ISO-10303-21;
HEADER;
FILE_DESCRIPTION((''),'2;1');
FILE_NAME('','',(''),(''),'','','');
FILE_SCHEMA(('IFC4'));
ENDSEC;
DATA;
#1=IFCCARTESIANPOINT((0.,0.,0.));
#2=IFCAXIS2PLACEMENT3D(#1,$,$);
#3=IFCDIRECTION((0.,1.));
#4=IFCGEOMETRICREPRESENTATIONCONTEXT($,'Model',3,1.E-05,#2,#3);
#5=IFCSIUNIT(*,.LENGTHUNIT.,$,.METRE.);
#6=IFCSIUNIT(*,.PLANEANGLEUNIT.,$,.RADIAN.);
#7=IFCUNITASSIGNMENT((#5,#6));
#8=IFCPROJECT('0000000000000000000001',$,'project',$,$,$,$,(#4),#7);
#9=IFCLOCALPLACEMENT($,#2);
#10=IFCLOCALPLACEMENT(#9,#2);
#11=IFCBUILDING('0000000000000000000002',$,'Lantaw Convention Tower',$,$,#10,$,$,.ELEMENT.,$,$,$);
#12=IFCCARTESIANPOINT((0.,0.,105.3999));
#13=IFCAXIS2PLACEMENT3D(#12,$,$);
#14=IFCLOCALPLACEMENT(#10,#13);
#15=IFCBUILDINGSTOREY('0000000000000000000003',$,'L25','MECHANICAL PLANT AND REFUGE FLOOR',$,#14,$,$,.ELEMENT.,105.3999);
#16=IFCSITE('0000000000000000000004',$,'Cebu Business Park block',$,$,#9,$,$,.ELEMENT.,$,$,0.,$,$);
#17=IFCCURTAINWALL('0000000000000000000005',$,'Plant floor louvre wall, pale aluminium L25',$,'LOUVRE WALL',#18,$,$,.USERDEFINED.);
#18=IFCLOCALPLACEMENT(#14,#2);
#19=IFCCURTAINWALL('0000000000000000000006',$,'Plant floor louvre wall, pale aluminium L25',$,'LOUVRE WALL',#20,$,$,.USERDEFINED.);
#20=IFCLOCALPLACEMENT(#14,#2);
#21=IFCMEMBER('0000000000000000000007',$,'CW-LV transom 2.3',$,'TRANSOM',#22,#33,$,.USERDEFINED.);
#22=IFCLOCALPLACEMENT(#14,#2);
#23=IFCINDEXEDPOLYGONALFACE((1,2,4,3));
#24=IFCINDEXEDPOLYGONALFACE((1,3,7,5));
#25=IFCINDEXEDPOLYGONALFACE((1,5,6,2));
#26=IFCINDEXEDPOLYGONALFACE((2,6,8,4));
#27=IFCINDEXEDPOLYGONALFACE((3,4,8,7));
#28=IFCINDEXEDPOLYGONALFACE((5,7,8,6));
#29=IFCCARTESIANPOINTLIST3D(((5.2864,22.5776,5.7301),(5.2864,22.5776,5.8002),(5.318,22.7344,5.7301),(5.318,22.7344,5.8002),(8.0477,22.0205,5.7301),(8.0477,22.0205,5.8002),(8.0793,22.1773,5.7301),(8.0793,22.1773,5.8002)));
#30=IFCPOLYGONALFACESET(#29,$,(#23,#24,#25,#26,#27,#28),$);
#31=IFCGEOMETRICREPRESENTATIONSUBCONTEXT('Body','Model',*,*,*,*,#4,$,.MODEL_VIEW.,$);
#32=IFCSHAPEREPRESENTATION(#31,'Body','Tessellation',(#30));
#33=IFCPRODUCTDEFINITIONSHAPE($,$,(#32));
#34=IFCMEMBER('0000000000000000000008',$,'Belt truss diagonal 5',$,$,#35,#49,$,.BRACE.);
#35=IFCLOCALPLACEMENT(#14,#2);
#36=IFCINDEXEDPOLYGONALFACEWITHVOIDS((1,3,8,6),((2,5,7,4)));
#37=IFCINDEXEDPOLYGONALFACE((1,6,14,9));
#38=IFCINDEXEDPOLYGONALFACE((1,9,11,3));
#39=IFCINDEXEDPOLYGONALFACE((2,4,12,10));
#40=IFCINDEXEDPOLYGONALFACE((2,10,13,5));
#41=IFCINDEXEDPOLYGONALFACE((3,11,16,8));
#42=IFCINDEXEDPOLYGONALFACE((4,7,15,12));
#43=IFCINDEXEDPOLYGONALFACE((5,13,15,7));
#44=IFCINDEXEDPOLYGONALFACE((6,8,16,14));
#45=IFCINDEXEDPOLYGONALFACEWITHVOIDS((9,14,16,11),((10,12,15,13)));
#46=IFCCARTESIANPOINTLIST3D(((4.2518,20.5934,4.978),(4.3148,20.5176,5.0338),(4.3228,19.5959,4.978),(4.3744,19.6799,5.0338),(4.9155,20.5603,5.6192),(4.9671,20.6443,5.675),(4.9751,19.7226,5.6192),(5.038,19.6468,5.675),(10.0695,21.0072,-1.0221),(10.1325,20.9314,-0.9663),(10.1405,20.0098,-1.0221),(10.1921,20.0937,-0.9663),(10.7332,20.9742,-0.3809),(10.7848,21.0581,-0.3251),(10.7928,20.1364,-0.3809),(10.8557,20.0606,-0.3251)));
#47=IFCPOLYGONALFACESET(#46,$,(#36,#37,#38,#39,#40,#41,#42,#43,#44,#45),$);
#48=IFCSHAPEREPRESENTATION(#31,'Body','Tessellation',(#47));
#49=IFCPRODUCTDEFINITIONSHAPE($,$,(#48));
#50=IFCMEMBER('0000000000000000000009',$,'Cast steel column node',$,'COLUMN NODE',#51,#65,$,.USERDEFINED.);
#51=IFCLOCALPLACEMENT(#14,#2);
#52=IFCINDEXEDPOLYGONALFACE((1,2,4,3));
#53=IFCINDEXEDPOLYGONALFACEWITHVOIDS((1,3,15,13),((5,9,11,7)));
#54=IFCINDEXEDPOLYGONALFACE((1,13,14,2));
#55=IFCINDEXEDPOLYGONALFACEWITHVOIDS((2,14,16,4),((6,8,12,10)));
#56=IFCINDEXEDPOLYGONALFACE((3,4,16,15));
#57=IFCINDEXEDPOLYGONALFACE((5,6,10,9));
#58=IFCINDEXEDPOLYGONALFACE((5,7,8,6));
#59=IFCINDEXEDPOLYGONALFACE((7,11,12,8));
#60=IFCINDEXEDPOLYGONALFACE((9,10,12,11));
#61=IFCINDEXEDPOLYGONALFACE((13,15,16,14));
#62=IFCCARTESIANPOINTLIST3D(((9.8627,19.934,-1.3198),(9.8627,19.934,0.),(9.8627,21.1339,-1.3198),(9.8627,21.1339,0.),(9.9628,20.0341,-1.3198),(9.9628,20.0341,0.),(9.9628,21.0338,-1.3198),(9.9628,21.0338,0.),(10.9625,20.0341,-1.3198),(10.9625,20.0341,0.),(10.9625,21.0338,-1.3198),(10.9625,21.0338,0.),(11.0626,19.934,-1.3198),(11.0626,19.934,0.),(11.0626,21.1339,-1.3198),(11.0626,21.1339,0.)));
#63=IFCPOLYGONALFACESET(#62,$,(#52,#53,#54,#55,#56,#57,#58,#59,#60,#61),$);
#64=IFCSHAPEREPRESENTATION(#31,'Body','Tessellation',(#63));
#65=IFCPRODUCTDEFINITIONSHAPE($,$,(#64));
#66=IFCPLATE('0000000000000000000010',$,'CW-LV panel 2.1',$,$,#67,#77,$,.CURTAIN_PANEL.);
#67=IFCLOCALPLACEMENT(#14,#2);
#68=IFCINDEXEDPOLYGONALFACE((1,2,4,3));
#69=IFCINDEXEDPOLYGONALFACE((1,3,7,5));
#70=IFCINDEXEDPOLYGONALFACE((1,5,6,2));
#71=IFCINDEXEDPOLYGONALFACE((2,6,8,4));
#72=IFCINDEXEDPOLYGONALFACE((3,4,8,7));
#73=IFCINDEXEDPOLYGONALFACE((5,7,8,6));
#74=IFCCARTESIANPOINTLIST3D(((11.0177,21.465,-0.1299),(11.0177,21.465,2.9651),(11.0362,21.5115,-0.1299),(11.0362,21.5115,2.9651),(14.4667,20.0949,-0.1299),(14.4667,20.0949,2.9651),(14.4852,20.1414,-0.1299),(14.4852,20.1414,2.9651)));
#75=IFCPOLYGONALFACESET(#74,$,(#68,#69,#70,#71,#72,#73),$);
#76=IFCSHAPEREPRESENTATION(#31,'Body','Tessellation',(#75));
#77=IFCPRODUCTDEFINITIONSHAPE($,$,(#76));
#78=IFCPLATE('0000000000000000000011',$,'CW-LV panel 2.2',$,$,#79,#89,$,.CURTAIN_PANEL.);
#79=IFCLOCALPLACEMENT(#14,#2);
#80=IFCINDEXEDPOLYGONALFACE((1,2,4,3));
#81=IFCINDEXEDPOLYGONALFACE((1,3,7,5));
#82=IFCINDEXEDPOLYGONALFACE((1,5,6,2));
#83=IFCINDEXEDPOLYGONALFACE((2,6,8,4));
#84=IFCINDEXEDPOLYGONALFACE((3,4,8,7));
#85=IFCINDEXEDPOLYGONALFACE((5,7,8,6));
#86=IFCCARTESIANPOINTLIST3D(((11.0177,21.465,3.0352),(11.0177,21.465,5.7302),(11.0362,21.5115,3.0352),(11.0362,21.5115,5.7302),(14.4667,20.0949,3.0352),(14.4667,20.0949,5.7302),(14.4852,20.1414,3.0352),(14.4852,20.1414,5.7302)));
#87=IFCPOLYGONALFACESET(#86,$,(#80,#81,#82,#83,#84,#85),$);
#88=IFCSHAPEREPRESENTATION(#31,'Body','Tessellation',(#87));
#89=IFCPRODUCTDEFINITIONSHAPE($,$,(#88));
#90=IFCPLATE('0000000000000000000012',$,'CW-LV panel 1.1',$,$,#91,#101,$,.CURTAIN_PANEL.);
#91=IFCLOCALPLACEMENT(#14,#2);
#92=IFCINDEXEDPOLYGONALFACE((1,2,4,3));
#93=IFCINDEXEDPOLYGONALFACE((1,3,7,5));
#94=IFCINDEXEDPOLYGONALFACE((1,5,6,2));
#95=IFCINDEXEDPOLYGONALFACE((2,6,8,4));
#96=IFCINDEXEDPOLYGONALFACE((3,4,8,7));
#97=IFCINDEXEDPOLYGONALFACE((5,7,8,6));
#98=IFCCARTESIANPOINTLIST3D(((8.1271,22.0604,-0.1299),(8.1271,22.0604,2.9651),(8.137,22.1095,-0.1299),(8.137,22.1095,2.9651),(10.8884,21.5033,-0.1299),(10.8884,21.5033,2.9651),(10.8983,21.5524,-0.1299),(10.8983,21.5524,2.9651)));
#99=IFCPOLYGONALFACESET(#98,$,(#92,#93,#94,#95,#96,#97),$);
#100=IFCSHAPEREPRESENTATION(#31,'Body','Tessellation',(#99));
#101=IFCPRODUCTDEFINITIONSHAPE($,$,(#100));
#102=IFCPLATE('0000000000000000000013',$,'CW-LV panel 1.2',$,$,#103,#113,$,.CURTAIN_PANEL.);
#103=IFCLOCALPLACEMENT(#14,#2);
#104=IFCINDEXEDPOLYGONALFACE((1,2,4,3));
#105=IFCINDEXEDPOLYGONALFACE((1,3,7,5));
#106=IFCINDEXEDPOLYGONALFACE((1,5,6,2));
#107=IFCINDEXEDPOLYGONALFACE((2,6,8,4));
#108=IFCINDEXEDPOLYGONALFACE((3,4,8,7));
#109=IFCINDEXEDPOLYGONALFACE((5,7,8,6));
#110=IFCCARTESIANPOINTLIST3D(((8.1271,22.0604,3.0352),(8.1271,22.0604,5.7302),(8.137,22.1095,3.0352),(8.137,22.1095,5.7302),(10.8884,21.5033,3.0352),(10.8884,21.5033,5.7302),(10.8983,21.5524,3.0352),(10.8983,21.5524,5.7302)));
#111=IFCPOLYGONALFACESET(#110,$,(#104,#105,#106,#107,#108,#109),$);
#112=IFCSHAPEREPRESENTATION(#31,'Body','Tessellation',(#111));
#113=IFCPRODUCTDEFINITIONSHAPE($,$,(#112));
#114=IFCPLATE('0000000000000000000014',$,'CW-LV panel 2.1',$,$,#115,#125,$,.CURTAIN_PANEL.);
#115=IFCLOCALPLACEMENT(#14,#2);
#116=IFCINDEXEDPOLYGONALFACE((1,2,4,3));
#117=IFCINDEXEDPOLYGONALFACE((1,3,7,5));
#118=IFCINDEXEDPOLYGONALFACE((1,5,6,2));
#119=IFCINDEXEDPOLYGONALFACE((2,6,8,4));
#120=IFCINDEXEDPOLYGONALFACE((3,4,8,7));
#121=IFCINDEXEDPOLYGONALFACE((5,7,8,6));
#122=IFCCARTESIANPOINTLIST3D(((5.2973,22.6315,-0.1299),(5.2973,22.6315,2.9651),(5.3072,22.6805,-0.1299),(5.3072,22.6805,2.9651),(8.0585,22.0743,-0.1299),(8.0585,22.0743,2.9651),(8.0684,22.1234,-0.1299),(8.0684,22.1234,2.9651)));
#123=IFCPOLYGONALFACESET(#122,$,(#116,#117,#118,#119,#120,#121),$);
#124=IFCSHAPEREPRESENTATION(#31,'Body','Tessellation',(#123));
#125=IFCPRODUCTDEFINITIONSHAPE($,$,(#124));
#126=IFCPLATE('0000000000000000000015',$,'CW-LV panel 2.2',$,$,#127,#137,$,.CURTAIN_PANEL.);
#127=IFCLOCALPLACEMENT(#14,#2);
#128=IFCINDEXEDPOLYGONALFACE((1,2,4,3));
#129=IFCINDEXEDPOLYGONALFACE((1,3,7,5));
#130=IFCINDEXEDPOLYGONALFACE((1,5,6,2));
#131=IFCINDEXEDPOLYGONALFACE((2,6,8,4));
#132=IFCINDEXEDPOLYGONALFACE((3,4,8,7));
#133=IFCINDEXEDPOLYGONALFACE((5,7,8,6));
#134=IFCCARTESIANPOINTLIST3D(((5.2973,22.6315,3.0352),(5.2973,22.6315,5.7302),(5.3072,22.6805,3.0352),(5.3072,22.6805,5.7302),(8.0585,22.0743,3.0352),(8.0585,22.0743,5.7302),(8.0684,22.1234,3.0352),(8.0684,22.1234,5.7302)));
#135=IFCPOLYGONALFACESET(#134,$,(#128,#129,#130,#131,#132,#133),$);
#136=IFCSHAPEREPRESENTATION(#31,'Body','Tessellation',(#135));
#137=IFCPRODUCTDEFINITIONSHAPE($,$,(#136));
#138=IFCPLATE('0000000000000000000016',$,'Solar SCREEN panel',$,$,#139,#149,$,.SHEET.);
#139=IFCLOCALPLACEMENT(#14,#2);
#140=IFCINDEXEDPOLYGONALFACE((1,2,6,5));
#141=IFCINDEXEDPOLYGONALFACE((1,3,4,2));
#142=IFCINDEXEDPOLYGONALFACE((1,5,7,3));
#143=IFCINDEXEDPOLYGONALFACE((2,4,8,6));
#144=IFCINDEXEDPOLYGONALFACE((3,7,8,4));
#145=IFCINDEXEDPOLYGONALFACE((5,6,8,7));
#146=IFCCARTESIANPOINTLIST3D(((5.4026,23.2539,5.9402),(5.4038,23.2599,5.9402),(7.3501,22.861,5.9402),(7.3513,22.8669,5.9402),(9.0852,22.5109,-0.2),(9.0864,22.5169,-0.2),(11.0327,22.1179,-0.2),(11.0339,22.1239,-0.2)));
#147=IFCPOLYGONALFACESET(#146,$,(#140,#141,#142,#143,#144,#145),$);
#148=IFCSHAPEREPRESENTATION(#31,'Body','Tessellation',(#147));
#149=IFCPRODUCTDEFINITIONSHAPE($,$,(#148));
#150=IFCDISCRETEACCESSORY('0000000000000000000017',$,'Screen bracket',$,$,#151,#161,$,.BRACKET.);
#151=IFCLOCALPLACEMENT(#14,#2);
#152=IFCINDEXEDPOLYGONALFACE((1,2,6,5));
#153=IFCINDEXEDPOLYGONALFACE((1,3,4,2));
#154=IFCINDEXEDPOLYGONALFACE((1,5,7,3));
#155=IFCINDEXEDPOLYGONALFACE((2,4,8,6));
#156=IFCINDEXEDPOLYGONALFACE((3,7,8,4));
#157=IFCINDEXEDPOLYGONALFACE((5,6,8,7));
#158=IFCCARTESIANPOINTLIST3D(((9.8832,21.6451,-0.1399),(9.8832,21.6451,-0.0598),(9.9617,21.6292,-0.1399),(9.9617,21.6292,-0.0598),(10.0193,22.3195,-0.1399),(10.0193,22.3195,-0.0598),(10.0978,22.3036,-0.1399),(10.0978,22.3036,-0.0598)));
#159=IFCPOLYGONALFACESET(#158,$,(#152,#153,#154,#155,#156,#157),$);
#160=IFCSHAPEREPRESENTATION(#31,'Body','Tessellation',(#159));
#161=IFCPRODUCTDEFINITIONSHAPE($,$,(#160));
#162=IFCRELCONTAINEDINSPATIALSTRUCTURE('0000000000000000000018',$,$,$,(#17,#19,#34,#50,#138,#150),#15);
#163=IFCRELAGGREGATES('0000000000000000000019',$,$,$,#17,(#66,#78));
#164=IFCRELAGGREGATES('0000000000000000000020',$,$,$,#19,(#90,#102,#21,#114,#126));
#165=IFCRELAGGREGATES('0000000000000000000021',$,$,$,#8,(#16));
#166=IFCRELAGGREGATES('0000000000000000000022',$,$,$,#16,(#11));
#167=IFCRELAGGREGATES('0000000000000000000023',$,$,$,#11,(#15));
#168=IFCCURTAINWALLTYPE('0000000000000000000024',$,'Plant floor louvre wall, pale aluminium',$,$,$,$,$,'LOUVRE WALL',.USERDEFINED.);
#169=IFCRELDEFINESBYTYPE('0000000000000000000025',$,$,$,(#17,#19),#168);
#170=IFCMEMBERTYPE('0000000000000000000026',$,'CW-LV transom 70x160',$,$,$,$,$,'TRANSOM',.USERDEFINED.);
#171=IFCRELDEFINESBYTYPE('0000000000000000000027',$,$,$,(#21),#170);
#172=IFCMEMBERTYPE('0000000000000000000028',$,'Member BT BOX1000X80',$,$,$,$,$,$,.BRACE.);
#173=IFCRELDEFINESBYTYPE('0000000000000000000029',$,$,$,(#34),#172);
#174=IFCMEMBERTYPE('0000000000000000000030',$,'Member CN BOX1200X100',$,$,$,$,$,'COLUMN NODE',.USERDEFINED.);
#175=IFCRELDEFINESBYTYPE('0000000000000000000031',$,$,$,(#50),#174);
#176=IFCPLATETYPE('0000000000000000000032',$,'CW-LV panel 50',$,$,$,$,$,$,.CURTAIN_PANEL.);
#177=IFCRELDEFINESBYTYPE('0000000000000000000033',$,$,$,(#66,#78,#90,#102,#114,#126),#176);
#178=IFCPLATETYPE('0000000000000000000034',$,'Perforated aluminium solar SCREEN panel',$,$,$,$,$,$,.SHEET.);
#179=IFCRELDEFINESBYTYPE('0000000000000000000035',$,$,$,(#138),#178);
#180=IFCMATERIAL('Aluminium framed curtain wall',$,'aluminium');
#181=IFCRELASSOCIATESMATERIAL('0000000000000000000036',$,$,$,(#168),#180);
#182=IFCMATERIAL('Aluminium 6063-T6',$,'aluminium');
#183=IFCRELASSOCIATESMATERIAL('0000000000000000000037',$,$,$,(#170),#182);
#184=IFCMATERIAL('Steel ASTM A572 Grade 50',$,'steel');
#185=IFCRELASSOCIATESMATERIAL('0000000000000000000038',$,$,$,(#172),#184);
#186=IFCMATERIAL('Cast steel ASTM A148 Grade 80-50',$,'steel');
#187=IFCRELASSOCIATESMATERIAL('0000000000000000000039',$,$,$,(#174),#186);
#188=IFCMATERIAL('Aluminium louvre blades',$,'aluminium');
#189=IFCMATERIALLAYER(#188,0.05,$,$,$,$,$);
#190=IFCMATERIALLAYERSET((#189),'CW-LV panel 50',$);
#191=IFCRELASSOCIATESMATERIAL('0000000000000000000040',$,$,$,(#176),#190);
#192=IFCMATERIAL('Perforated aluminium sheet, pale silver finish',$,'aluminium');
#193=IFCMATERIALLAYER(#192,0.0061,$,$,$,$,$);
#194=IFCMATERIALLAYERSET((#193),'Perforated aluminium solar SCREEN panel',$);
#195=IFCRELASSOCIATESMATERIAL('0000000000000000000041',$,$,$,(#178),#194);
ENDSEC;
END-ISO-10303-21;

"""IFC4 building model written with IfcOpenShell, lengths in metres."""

from ifc_helpers import new_model, si_unit, direction, frame, origin, origin_2d, place, context, subcontext, project, spatial, polyline, rectangle, hollow_rectangle, outline, extrude, material, layer, layer_set, material_profile, profile_set, type_object, element, aggregate, save


model = new_model("IFC4")

# Units and contexts
model_context = context("Model", 3, precision=1e-05, world=origin(), true_north=direction((0.0, 1.0)))
body_context = subcontext(model_context, "Body", "Model", "MODEL_VIEW")
ifc_project = project(units=[si_unit("LENGTHUNIT", "METRE"), si_unit("PLANEANGLEUNIT", "RADIAN")], contexts=[model_context])

# Site, building, storey
site_placement = place(None, origin())
site = spatial("IfcSite", under=ifc_project, at=site_placement, Name="Cebu Business Park block", CompositionType="ELEMENT", RefElevation=0.0)
building_placement = place(site_placement, origin())
building = spatial("IfcBuilding", under=site, at=building_placement, Name="Lantaw Convention Tower", CompositionType="ELEMENT")
storey_placement = place(building_placement, frame((0.0, 0.0, 105.3999)))
storey = spatial("IfcBuildingStorey", under=building, at=storey_placement, Name="L25", Description="MECHANICAL PLANT AND REFUGE FLOOR", CompositionType="ELEMENT", Elevation=105.3999)

# Curtain wall
ifc_material_1 = material(Name="Aluminium framed curtain wall", Category="aluminium")
curtain_wall_type = type_object("IfcCurtainWallType", Name="Plant floor louvre wall, pale aluminium", ElementType="LOUVRE WALL", PredefinedType="USERDEFINED", material=ifc_material_1)
curtain_wall_1_placement = place(storey_placement, origin())
curtain_wall_1 = element("IfcCurtainWall", 1, at=curtain_wall_1_placement, inside=storey, type_object=curtain_wall_type, Name="Plant floor louvre wall, pale aluminium L25", ObjectType="LOUVRE WALL", PredefinedType="USERDEFINED")
ifc_material_2 = material(Name="Aluminium 6063-T6", Category="aluminium")

# Curtain wall, member
curtain_wall_2_placement = place(storey_placement, origin())
curtain_wall_2 = element("IfcCurtainWall", 2, at=curtain_wall_2_placement, inside=storey, type_object=curtain_wall_type, Name="Plant floor louvre wall, pale aluminium L25", ObjectType="LOUVRE WALL", PredefinedType="USERDEFINED")
ifc_material_profile_1 = material_profile(ifc_material_2, rectangle(XDim=0.1599, YDim=0.0701, at=origin_2d()), Name="CW-LV transom 70x160")
ifc_profile_set_1 = profile_set([ifc_material_profile_1], Name="Aluminium 6063-T6")
member_type_1 = type_object("IfcMemberType", Name="CW-LV transom 70x160", ElementType="TRANSOM", PredefinedType="USERDEFINED", material=ifc_profile_set_1)
member_1_placement = place(storey_placement, frame((8.0635, 22.0989, 5.7651), z_axis=(-0.980246, 0.197783, 0.0), x_axis=(-0.197783, -0.980246, 0.0)))
member_1 = element("IfcMember", 3, at=member_1_placement, type_object=member_type_1, Name="CW-LV transom 2.3", ObjectType="TRANSOM", PredefinedType="USERDEFINED", context=body_context, shape_type="SweptSolid", body=[
    extrude(rectangle(XDim=0.1599, YDim=0.0701, at=origin_2d()), origin(), (0.0, 0.0, 1.0), 2.8169),
])

# Members
ifc_material_3 = material(Name="Steel ASTM A572 Grade 50", Category="steel")
ifc_material_profile_2 = material_profile(ifc_material_3, hollow_rectangle(XDim=1.0, YDim=1.0, WallThickness=0.0801, at=origin_2d()), Name="BOX1000X80")
ifc_profile_set_2 = profile_set([ifc_material_profile_2], Name="Steel ASTM A572 Grade 50")
member_type_2 = type_object("IfcMemberType", Name="Member BT BOX1000X80", PredefinedType="BRACE", material=ifc_profile_set_2)
member_2_placement = place(storey_placement, frame((10.4626, 20.5339, -0.6736), z_axis=(-0.69526, -0.049455, 0.717055), x_axis=(0.070953, -0.99748, 0.0)))
element("IfcMember", 4, at=member_2_placement, inside=storey, type_object=member_type_2, Name="Belt truss diagonal 5", PredefinedType="BRACE", context=body_context, shape_type="SweptSolid", body=[
    extrude(hollow_rectangle(XDim=1.0, YDim=1.0, WallThickness=0.0801, at=origin_2d()), origin(), (0.0, 0.0, 1.0), 8.3677),
])
ifc_material_4 = material(Name="Cast steel ASTM A148 Grade 80-50", Category="steel")
ifc_material_profile_3 = material_profile(ifc_material_4, hollow_rectangle(XDim=1.2, YDim=1.2, WallThickness=0.1001, at=origin_2d()), Name="BOX1200X100")
ifc_profile_set_3 = profile_set([ifc_material_profile_3], Name="Cast steel ASTM A148 Grade 80-50")
member_type_3 = type_object("IfcMemberType", Name="Member CN BOX1200X100", ElementType="COLUMN NODE", PredefinedType="USERDEFINED", material=ifc_profile_set_3)
member_3_placement = place(storey_placement, frame((10.4626, 20.5339, -1.3198), z_axis=(0.0, 0.0, 1.0), x_axis=(1.0, 0.0, 0.0)))
element("IfcMember", 5, at=member_3_placement, inside=storey, type_object=member_type_3, Name="Cast steel column node", ObjectType="COLUMN NODE", PredefinedType="USERDEFINED", context=body_context, shape_type="SweptSolid", body=[
    extrude(hollow_rectangle(XDim=1.2, YDim=1.2, WallThickness=0.1001, at=origin_2d()), origin(), (0.0, 0.0, 1.0), 1.3198),
])

# Plates
ifc_material_5 = material(Name="Aluminium louvre blades", Category="aluminium")
ifc_layer_1 = layer(ifc_material_5, 0.05)
ifc_layer_set_1 = layer_set([ifc_layer_1], Name="CW-LV panel 50")
plate_type_1 = type_object("IfcPlateType", Name="CW-LV panel 50", PredefinedType="CURTAIN_PANEL", material=ifc_layer_set_1)
plate_1_placement = place(storey_placement, frame((12.7515, 20.8032, -0.1299), z_axis=(0.0, 0.0, 1.0), x_axis=(-0.929361, 0.369172, 0.0)))
plate_1 = element("IfcPlate", 6, at=plate_1_placement, type_object=plate_type_1, Name="CW-LV panel 2.1", PredefinedType="CURTAIN_PANEL", context=body_context, shape_type="SweptSolid", body=[
    extrude(rectangle(XDim=3.7112, YDim=0.05, at=origin_2d()), origin(), (0.0, 0.0, 1.0), 3.095),
])
plate_2_placement = place(storey_placement, frame((12.7515, 20.8032, 3.0352), z_axis=(0.0, 0.0, 1.0), x_axis=(-0.929361, 0.369172, 0.0)))
plate_2 = element("IfcPlate", 7, at=plate_2_placement, type_object=plate_type_1, Name="CW-LV panel 2.2", PredefinedType="CURTAIN_PANEL", context=body_context, shape_type="SweptSolid", body=[
    extrude(rectangle(XDim=3.7112, YDim=0.05, at=origin_2d()), origin(), (0.0, 0.0, 1.0), 2.6951),
])
aggregate(curtain_wall_1, [plate_1, plate_2])
plate_3_placement = place(storey_placement, frame((9.5127, 21.8064, -0.1299), z_axis=(0.0, 0.0, 1.0), x_axis=(-0.980245, 0.197789, 0.0)))
plate_3 = element("IfcPlate", 8, at=plate_3_placement, type_object=plate_type_1, Name="CW-LV panel 1.1", PredefinedType="CURTAIN_PANEL", context=body_context, shape_type="SweptSolid", body=[
    extrude(rectangle(XDim=2.8169, YDim=0.05, at=origin_2d()), origin(), (0.0, 0.0, 1.0), 3.095),
])
plate_4_placement = place(storey_placement, frame((9.5127, 21.8064, 3.0352), z_axis=(0.0, 0.0, 1.0), x_axis=(-0.980245, 0.197789, 0.0)))
plate_4 = element("IfcPlate", 9, at=plate_4_placement, type_object=plate_type_1, Name="CW-LV panel 1.2", PredefinedType="CURTAIN_PANEL", context=body_context, shape_type="SweptSolid", body=[
    extrude(rectangle(XDim=2.8169, YDim=0.05, at=origin_2d()), origin(), (0.0, 0.0, 1.0), 2.6951),
])
plate_5_placement = place(storey_placement, frame((6.6829, 22.3774, -0.1299), z_axis=(0.0, 0.0, 1.0), x_axis=(-0.980245, 0.197789, 0.0)))
plate_5 = element("IfcPlate", 10, at=plate_5_placement, type_object=plate_type_1, Name="CW-LV panel 2.1", PredefinedType="CURTAIN_PANEL", context=body_context, shape_type="SweptSolid", body=[
    extrude(rectangle(XDim=2.8169, YDim=0.05, at=origin_2d()), origin(), (0.0, 0.0, 1.0), 3.095),
])
plate_6_placement = place(storey_placement, frame((6.6829, 22.3774, 3.0352), z_axis=(0.0, 0.0, 1.0), x_axis=(-0.980245, 0.197789, 0.0)))
plate_6 = element("IfcPlate", 11, at=plate_6_placement, type_object=plate_type_1, Name="CW-LV panel 2.2", PredefinedType="CURTAIN_PANEL", context=body_context, shape_type="SweptSolid", body=[
    extrude(rectangle(XDim=2.8169, YDim=0.05, at=origin_2d()), origin(), (0.0, 0.0, 1.0), 2.6951),
])
aggregate(curtain_wall_2, [plate_3, plate_4, member_1, plate_5, plate_6])
ifc_material_6 = material(Name="Perforated aluminium sheet, pale silver finish", Category="aluminium")
ifc_layer_2 = layer(ifc_material_6, 0.0061)
ifc_layer_set_2 = layer_set([ifc_layer_2], Name="Perforated aluminium solar SCREEN panel")
plate_type_2 = type_object("IfcPlateType", Name="Perforated aluminium solar SCREEN panel", PredefinedType="SHEET", material=ifc_layer_set_2)
plate_7_placement = place(storey_placement, frame((11.0327, 22.1179, -0.2), z_axis=(-0.197782, -0.980246, 0.000001), x_axis=(-0.980246, 0.197782, 0.0)))
element("IfcPlate", 12, at=plate_7_placement, inside=storey, type_object=plate_type_2, Name="Solar SCREEN panel", PredefinedType="SHEET", context=body_context, shape_type="SweptSolid", body=[
    extrude(outline(polyline([(0.0, 0.0), (1.9868, 0.0), (5.7436, -6.1401), (3.7569, -6.1401), (0.0, 0.0)])), origin(), (0.0, 0.0, -1.0), 0.0061),
])

# Discrete accessory
discrete_accessory_placement = place(storey_placement, frame((9.9905, 21.9744, -0.1399), z_axis=(0.0, 0.0, 1.0), x_axis=(-0.980245, 0.197789, 0.0)))
element("IfcDiscreteAccessory", 13, at=discrete_accessory_placement, inside=storey, Name="Screen bracket", PredefinedType="BRACKET", context=body_context, shape_type="SweptSolid", body=[
    extrude(rectangle(XDim=0.0801, YDim=0.688, at=origin_2d()), origin(), (0.0, 0.0, 1.0), 0.0801),
])

save(model, "model.ifc")
